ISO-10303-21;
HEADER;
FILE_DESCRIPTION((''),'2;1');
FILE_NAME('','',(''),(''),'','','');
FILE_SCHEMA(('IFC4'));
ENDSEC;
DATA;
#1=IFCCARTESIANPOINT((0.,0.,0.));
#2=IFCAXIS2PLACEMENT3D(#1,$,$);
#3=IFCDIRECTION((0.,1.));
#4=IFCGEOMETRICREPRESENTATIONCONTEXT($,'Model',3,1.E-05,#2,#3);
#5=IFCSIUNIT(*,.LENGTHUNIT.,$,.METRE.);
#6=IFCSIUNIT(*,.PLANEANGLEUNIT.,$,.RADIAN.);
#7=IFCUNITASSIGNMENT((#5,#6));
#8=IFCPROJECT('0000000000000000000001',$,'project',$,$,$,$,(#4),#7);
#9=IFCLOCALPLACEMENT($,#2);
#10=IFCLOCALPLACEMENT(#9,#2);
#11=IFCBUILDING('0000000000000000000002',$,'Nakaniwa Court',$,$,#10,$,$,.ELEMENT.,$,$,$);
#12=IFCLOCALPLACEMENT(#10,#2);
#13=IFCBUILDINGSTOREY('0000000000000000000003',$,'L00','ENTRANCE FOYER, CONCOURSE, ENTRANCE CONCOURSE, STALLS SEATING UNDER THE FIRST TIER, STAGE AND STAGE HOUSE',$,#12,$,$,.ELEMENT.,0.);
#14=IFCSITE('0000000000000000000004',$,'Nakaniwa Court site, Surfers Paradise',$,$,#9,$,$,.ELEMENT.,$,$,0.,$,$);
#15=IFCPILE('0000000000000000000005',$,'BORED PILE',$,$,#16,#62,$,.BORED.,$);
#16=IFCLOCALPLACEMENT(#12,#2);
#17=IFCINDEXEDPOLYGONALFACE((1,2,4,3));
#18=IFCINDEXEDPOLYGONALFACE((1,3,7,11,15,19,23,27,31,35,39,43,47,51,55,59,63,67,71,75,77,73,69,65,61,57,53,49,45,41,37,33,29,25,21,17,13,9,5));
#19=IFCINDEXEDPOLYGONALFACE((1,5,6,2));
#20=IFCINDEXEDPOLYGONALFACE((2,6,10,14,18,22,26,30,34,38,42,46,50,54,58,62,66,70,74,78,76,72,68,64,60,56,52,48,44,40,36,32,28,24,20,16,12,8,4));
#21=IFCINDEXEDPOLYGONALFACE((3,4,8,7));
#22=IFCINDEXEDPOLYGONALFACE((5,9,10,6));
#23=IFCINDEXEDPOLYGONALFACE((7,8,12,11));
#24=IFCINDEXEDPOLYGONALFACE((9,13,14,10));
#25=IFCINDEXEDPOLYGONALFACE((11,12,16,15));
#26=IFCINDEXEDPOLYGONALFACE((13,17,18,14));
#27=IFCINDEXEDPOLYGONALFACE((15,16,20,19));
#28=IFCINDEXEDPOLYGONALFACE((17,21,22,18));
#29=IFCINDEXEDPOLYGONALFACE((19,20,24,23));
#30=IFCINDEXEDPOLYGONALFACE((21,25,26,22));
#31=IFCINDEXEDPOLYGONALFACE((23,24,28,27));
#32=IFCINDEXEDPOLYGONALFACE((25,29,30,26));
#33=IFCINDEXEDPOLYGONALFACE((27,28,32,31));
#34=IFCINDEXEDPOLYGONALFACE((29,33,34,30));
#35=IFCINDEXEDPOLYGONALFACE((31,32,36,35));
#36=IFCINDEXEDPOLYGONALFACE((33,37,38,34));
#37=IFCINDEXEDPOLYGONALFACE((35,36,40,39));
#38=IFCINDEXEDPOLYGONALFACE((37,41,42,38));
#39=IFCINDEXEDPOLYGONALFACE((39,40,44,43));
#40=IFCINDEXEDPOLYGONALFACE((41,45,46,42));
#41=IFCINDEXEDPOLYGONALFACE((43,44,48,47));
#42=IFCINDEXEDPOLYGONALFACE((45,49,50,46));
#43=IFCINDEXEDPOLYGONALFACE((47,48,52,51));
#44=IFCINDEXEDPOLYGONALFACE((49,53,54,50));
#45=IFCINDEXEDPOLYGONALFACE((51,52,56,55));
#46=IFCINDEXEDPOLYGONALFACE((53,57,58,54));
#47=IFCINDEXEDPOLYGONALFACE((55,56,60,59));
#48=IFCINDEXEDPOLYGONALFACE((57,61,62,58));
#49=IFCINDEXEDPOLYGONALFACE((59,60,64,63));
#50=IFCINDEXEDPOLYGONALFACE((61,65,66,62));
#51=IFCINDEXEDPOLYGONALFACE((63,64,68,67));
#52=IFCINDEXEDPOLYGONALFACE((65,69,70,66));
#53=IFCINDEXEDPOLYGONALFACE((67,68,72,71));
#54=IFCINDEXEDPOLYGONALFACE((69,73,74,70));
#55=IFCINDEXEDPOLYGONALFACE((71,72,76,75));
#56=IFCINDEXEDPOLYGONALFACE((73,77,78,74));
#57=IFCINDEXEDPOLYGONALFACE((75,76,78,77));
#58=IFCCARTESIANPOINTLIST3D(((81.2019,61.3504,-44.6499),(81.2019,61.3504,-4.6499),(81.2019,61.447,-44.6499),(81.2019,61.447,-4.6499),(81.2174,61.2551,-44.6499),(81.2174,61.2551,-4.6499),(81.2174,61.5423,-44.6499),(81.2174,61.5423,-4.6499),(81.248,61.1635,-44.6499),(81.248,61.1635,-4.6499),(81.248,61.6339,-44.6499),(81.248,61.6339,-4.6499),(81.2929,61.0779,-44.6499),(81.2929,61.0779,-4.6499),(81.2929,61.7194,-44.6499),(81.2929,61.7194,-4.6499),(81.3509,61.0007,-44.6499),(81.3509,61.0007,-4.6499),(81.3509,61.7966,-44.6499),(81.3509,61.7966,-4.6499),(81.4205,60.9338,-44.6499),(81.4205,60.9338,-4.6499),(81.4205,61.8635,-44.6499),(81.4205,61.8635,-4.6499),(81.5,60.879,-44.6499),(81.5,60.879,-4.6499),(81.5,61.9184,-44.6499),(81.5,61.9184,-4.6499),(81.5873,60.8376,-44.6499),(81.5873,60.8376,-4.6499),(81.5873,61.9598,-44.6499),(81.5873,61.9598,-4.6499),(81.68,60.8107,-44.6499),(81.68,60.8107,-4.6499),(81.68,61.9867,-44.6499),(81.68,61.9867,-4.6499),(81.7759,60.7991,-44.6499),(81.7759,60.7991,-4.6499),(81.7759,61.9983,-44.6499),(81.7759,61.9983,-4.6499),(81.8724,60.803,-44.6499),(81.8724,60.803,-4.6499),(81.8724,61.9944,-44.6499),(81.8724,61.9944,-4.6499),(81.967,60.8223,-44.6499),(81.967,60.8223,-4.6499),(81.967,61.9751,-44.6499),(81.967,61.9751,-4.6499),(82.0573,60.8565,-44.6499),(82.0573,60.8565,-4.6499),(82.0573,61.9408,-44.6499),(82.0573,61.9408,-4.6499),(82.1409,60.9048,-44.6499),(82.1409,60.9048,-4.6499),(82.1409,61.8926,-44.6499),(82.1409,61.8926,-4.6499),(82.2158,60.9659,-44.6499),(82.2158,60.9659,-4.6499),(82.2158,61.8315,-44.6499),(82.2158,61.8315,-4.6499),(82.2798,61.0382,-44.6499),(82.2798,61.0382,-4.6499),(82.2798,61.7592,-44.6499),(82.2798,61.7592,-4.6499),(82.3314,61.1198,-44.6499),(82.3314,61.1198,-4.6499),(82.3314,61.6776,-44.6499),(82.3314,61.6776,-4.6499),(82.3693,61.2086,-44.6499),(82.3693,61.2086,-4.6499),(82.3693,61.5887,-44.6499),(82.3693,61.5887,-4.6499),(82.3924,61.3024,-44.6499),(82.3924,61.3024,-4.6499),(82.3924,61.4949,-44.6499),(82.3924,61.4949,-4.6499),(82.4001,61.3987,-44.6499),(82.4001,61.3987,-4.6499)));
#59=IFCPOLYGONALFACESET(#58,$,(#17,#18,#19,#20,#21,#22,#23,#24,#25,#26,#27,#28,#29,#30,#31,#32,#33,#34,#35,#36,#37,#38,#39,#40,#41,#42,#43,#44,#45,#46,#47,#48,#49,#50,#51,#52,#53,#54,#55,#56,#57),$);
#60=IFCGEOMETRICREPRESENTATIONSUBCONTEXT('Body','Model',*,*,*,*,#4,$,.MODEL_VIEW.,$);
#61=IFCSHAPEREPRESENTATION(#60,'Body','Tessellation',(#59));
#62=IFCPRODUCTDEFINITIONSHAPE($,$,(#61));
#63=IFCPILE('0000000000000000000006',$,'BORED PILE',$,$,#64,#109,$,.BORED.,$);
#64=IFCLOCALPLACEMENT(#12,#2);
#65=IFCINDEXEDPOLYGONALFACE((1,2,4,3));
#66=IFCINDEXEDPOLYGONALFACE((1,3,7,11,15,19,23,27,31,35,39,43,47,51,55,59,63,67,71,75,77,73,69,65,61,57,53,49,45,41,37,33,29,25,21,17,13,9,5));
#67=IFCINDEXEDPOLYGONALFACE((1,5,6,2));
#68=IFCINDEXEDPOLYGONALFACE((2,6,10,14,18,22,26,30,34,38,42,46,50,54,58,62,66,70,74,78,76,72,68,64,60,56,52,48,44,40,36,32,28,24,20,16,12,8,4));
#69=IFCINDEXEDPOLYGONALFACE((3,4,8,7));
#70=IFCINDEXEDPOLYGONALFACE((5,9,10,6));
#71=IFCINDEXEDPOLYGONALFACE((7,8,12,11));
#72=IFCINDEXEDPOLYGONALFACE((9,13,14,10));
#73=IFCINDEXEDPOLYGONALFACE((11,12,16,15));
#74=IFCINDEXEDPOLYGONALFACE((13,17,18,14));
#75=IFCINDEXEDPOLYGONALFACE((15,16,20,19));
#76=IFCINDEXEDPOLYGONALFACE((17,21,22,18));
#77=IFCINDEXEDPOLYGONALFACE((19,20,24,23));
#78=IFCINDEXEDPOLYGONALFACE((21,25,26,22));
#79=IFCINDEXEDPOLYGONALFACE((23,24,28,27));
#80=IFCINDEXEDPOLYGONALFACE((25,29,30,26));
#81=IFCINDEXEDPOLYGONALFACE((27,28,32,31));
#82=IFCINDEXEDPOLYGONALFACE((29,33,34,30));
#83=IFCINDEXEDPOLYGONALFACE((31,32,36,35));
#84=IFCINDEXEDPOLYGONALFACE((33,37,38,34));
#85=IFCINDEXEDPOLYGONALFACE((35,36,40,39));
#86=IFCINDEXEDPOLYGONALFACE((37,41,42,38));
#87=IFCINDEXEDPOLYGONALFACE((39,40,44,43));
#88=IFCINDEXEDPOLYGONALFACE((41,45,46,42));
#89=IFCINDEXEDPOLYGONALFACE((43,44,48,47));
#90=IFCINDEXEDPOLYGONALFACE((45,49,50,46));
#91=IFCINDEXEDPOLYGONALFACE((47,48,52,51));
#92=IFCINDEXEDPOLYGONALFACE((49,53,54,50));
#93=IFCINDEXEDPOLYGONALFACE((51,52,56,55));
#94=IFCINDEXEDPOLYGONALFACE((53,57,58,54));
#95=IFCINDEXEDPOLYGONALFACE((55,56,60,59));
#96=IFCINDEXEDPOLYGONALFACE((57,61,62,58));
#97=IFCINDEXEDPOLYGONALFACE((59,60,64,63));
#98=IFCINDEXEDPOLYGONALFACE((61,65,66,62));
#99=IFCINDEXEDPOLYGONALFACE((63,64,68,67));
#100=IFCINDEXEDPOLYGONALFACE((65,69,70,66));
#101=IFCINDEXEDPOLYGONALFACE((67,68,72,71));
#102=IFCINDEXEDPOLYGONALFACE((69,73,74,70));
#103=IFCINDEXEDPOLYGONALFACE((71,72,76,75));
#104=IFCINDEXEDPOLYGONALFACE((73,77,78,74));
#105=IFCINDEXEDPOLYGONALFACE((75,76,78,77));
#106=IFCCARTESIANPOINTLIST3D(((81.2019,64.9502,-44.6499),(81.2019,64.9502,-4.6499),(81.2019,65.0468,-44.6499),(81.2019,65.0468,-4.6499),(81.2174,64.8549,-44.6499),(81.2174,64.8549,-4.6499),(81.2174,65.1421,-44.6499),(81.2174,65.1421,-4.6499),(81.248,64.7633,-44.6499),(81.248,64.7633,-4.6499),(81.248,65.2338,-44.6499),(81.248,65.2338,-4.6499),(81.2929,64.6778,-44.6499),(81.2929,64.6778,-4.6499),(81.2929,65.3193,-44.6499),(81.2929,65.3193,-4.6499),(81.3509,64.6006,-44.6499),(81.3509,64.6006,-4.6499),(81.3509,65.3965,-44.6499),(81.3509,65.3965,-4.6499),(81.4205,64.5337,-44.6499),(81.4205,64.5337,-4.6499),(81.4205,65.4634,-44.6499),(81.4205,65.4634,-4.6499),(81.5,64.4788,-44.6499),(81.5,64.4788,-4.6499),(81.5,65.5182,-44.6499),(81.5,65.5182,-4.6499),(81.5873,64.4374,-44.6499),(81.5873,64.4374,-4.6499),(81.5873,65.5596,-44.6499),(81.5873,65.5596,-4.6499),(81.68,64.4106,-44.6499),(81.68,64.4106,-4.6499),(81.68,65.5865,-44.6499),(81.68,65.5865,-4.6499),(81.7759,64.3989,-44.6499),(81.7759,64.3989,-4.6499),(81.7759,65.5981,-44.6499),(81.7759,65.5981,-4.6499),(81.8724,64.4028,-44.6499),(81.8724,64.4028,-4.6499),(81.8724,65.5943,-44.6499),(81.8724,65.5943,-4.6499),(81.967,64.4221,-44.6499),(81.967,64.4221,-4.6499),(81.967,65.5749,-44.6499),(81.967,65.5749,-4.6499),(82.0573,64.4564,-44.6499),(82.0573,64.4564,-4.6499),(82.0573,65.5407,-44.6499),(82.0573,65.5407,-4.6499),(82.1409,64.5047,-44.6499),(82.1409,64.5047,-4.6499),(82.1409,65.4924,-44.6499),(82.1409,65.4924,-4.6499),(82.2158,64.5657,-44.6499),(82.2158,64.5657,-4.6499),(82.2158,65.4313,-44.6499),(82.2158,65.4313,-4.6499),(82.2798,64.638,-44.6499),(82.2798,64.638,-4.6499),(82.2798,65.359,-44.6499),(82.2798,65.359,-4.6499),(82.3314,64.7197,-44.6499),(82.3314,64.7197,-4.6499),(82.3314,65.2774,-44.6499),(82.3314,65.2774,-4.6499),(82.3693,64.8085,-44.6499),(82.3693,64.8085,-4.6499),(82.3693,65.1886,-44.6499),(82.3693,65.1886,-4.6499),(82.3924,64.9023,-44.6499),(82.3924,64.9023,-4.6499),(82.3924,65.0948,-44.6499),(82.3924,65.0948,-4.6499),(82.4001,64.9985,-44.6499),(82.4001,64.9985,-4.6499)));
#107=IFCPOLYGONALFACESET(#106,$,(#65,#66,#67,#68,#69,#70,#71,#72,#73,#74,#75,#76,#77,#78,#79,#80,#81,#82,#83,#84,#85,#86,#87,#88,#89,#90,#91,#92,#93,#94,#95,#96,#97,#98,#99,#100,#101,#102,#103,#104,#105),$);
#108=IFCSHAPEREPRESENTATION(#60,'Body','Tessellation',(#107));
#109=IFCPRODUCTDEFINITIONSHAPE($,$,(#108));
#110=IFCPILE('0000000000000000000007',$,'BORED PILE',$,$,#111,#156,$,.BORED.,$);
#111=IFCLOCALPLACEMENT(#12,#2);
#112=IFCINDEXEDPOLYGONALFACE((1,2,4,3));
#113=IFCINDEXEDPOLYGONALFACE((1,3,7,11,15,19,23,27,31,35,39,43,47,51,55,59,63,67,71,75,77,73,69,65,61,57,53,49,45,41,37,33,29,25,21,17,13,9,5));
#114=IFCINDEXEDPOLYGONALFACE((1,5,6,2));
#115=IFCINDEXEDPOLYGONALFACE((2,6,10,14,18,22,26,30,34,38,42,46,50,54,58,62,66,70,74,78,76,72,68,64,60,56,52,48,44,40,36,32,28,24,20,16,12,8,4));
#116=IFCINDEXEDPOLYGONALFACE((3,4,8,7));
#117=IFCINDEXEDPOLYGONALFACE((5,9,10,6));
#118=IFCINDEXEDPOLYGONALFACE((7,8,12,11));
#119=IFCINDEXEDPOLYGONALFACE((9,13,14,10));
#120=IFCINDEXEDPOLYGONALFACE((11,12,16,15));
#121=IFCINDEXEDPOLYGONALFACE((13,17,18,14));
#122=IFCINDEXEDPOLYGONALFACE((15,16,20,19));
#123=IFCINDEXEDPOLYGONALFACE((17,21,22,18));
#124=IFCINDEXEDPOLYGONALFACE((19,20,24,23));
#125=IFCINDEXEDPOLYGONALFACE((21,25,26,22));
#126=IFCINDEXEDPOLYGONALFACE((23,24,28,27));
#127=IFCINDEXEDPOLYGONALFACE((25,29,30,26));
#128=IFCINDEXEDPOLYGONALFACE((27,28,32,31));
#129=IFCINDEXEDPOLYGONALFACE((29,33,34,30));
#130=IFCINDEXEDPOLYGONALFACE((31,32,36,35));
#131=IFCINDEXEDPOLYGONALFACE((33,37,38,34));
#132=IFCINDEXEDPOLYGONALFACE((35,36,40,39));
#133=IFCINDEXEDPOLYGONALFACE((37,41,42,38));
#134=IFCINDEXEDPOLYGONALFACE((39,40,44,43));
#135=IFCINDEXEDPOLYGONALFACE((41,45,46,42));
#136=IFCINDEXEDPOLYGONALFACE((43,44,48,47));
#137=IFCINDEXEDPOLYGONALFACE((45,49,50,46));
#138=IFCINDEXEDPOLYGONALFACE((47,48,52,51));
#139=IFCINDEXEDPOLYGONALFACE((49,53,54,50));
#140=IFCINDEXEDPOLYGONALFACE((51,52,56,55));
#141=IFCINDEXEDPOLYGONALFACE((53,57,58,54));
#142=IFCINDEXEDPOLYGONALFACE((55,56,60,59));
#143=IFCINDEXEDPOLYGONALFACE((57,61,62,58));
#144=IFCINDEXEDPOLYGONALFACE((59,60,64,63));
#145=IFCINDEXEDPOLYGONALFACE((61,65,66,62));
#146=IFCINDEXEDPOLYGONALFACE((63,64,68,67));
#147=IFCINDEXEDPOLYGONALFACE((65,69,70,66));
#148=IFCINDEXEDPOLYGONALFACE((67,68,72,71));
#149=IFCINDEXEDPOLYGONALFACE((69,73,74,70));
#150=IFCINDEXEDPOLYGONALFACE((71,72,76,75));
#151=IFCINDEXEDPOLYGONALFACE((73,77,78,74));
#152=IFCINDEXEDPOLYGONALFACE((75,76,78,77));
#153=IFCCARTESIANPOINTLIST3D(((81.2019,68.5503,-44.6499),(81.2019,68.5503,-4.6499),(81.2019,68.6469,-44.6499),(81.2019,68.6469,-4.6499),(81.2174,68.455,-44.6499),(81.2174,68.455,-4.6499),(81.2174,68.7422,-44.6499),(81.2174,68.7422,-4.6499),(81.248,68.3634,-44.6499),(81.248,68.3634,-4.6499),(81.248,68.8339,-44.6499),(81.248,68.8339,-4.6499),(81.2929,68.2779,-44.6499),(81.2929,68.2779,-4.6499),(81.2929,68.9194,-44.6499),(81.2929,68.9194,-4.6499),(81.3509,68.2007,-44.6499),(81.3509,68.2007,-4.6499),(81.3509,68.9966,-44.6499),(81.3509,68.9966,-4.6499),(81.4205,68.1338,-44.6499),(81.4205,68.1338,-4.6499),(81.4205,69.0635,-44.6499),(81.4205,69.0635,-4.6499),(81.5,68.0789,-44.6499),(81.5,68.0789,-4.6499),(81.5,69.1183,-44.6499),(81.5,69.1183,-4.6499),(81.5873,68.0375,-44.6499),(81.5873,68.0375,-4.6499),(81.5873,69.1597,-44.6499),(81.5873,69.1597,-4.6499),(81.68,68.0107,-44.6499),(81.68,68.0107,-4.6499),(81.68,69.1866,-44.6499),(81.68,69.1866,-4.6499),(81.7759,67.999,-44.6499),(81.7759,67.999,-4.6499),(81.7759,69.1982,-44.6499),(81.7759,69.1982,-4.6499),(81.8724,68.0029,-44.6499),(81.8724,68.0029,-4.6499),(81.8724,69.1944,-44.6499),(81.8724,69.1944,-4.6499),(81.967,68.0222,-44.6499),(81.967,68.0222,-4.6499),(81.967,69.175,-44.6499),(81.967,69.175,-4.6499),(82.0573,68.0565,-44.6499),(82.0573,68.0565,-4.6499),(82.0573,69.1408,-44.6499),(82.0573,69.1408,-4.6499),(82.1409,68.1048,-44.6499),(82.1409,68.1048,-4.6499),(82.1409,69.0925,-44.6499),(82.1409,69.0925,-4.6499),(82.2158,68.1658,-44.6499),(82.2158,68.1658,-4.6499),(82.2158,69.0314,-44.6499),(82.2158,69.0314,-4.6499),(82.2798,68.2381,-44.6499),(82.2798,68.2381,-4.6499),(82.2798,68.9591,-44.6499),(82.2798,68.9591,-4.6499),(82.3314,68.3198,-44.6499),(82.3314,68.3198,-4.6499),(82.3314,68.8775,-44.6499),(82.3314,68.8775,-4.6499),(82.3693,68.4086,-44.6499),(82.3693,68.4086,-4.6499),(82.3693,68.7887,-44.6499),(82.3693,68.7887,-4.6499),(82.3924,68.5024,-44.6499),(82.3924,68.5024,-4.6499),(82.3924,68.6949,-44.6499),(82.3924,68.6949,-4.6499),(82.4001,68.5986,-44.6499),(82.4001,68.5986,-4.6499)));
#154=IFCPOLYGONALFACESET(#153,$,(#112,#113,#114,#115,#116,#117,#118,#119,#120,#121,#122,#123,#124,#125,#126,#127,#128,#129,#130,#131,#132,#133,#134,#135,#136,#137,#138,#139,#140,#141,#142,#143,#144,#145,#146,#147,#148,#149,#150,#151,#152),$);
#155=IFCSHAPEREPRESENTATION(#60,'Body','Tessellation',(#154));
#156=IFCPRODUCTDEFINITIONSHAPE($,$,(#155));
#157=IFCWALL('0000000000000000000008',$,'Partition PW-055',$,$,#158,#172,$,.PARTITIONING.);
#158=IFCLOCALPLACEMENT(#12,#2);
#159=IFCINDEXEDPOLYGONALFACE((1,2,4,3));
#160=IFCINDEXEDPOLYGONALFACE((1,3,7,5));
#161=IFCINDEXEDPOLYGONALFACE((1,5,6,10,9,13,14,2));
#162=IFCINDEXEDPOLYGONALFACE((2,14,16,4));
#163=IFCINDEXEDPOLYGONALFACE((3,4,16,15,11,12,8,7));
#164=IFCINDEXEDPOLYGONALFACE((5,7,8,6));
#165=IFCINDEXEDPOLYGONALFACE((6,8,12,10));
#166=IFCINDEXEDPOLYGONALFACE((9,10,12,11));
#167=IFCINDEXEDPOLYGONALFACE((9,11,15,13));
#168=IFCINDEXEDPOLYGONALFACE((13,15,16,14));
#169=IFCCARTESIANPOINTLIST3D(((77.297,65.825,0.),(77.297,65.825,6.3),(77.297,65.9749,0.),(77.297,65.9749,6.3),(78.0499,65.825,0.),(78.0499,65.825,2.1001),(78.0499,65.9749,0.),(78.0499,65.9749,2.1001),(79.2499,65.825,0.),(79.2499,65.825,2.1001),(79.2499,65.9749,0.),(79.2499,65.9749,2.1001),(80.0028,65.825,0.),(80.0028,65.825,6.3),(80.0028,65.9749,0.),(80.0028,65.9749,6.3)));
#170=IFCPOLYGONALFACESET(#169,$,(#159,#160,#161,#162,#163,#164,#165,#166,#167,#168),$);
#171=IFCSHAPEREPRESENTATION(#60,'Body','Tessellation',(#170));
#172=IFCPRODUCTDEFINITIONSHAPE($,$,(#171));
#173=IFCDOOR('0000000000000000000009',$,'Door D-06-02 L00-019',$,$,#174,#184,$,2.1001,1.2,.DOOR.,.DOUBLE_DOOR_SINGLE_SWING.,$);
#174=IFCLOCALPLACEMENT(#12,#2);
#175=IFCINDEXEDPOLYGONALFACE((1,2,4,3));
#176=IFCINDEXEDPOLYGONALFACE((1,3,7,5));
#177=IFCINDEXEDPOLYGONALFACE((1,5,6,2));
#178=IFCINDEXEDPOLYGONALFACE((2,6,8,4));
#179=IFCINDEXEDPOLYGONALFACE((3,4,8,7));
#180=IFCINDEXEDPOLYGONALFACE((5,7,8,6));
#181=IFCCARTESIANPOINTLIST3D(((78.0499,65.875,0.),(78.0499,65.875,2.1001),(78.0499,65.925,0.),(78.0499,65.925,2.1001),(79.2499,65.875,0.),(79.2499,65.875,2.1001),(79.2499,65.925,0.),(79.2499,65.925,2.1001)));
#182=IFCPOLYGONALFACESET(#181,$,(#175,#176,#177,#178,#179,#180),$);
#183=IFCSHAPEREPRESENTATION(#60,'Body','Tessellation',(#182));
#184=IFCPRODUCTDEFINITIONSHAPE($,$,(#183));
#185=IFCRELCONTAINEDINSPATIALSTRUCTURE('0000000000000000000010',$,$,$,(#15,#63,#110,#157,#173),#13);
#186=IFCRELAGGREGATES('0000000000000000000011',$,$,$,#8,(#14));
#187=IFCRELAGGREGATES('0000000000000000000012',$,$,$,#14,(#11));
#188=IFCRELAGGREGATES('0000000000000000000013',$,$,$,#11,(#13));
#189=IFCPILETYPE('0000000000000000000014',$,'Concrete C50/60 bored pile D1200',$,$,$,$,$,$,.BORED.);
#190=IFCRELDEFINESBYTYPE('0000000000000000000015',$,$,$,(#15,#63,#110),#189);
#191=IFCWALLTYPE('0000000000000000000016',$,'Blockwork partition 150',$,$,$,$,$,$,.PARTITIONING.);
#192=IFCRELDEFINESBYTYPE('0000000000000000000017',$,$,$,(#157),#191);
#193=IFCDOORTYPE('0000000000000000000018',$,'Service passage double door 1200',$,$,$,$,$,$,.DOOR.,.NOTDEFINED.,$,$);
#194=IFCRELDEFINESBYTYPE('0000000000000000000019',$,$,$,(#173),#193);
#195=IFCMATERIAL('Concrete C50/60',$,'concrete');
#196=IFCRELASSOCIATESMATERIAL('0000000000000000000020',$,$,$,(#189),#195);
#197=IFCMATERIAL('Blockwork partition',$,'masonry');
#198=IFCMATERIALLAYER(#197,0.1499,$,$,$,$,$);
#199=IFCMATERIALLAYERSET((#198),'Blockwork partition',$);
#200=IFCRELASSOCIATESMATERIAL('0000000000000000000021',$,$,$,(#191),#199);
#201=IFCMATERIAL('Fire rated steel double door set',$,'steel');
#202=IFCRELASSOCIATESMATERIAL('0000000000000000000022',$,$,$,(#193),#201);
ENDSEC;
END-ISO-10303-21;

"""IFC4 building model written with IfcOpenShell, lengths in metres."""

from ifc_helpers import new_model, si_unit, direction, frame, frame_2d, origin, origin_2d, place, context, subcontext, project, spatial, rectangle, circle, extrude, material, layer, layer_set, material_profile, profile_set, type_object, element, fill, save


model = new_model("IFC4")

# Units and contexts
model_context = context("Model", 3, precision=1e-05, world=origin(), true_north=direction((0.0, 1.0)))
body_context = subcontext(model_context, "Body", "Model", "MODEL_VIEW")
ifc_project = project(units=[si_unit("LENGTHUNIT", "METRE"), si_unit("PLANEANGLEUNIT", "RADIAN")], contexts=[model_context])

# Site, building, storey
site_placement = place(None, origin())
site = spatial("IfcSite", under=ifc_project, at=site_placement, Name="Nakaniwa Court site, Surfers Paradise", CompositionType="ELEMENT", RefElevation=0.0)
building_placement = place(site_placement, origin())
building = spatial("IfcBuilding", under=site, at=building_placement, Name="Nakaniwa Court", CompositionType="ELEMENT")
storey_placement = place(building_placement, origin())
storey = spatial("IfcBuildingStorey", under=building, at=storey_placement, Name="L00", Description="ENTRANCE FOYER, CONCOURSE, ENTRANCE CONCOURSE, STALLS SEATING UNDER THE FIRST TIER, STAGE AND STAGE HOUSE", CompositionType="ELEMENT", Elevation=0.0)

# Piles
ifc_material_1 = material(Name="Concrete C50/60", Category="concrete")
ifc_material_profile = material_profile(ifc_material_1, circle(Radius=0.6001, at=origin_2d()), Name="Concrete C50/60 bored pile D1200")
ifc_profile_set = profile_set([ifc_material_profile], Name="Concrete C50/60")
pile_type = type_object("IfcPileType", Name="Concrete C50/60 bored pile D1200", PredefinedType="BORED", material=ifc_profile_set)
for number, where, z_axis, x_axis, name in (
    (1, (81.8, 61.3987, -4.6499), (0.0, 0.0, -1.0), (1.0, 0.0, 0.0), "BORED PILE"),
    (2, (81.8, 64.9985, -4.6499), (0.0, 0.0, -1.0), (1.0, 0.0, 0.0), "BORED PILE"),
    (3, (81.8, 68.5986, -4.6499), (0.0, 0.0, -1.0), (1.0, 0.0, 0.0), "BORED PILE"),
):
    element("IfcPile", number, at=place(storey_placement, frame(where, z_axis=z_axis, x_axis=x_axis)), inside=storey, type_object=pile_type, Name=name, PredefinedType="BORED", context=body_context, shape_type="SweptSolid", body=[
        extrude(circle(Radius=0.6001, at=origin_2d()), origin(), (0.0, 0.0, 1.0), 40.0),
    ])

# Wall, opening, door
ifc_material_2 = material(Name="Blockwork partition", Category="masonry")
ifc_layer_1 = layer(ifc_material_2, 0.1499)
ifc_layer_set_1 = layer_set([ifc_layer_1], Name="Blockwork partition")
wall_type_1 = type_object("IfcWallType", Name="Blockwork partition 150", PredefinedType="PARTITIONING", material=ifc_layer_set_1)
wall_1_placement = place(storey_placement, frame((80.0029, 65.8999, 0.0), z_axis=(0.0, 0.0, 1.0), x_axis=(-1.0, 0.0, 0.0)))
wall_1 = element("IfcWall", 4, at=wall_1_placement, inside=storey, type_object=wall_type_1, Name="Partition PW-055", PredefinedType="PARTITIONING", context=body_context, shape_type="SweptSolid", body=[
    extrude(rectangle(XDim=2.7058, YDim=0.1499, at=frame_2d((1.353, 0.0))), origin(), (0.0, 0.0, 1.0), 6.3),
])
opening_1_placement = place(wall_1_placement, frame((0.7529, 0.0, 0.0)))
opening_1 = element("IfcOpeningElement", 5, at=opening_1_placement, cuts=wall_1, PredefinedType="OPENING", context=body_context, shape_type="SweptSolid", body=[
    extrude(rectangle(XDim=1.2, YDim=2.1001, at=frame_2d((0.6001, 1.05))), frame((0.0, 0.085, 0.0), z_axis=(0.0, -1.0, 0.0), x_axis=(1.0, 0.0, 0.0)), (0.0, 0.0, 1.0), 0.1699),
])
ifc_material_3 = material(Name="Fire rated steel double door set", Category="steel")
door_type_1 = type_object("IfcDoorType", Name="Service passage double door 1200", OperationType="NOTDEFINED", PredefinedType="DOOR", material=ifc_material_3)
door_1_placement = place(opening_1_placement, origin())
door_1 = element("IfcDoor", 6, at=door_1_placement, inside=storey, type_object=door_type_1, Name="Door D-06-02 L00-019", OperationType="DOUBLE_DOOR_SINGLE_SWING", OverallHeight=2.1001, OverallWidth=1.2, PredefinedType="DOOR", context=body_context, shape_type="SweptSolid", body=[
    extrude(rectangle(XDim=1.2, YDim=2.1001, at=frame_2d((0.6001, 1.05))), frame((0.0, 0.0249, 0.0), z_axis=(0.0, -1.0, 0.0), x_axis=(1.0, 0.0, 0.0)), (0.0, 0.0, 1.0), 0.05),
])
fill(opening_1, door_1)

save(model, "model.ifc")
